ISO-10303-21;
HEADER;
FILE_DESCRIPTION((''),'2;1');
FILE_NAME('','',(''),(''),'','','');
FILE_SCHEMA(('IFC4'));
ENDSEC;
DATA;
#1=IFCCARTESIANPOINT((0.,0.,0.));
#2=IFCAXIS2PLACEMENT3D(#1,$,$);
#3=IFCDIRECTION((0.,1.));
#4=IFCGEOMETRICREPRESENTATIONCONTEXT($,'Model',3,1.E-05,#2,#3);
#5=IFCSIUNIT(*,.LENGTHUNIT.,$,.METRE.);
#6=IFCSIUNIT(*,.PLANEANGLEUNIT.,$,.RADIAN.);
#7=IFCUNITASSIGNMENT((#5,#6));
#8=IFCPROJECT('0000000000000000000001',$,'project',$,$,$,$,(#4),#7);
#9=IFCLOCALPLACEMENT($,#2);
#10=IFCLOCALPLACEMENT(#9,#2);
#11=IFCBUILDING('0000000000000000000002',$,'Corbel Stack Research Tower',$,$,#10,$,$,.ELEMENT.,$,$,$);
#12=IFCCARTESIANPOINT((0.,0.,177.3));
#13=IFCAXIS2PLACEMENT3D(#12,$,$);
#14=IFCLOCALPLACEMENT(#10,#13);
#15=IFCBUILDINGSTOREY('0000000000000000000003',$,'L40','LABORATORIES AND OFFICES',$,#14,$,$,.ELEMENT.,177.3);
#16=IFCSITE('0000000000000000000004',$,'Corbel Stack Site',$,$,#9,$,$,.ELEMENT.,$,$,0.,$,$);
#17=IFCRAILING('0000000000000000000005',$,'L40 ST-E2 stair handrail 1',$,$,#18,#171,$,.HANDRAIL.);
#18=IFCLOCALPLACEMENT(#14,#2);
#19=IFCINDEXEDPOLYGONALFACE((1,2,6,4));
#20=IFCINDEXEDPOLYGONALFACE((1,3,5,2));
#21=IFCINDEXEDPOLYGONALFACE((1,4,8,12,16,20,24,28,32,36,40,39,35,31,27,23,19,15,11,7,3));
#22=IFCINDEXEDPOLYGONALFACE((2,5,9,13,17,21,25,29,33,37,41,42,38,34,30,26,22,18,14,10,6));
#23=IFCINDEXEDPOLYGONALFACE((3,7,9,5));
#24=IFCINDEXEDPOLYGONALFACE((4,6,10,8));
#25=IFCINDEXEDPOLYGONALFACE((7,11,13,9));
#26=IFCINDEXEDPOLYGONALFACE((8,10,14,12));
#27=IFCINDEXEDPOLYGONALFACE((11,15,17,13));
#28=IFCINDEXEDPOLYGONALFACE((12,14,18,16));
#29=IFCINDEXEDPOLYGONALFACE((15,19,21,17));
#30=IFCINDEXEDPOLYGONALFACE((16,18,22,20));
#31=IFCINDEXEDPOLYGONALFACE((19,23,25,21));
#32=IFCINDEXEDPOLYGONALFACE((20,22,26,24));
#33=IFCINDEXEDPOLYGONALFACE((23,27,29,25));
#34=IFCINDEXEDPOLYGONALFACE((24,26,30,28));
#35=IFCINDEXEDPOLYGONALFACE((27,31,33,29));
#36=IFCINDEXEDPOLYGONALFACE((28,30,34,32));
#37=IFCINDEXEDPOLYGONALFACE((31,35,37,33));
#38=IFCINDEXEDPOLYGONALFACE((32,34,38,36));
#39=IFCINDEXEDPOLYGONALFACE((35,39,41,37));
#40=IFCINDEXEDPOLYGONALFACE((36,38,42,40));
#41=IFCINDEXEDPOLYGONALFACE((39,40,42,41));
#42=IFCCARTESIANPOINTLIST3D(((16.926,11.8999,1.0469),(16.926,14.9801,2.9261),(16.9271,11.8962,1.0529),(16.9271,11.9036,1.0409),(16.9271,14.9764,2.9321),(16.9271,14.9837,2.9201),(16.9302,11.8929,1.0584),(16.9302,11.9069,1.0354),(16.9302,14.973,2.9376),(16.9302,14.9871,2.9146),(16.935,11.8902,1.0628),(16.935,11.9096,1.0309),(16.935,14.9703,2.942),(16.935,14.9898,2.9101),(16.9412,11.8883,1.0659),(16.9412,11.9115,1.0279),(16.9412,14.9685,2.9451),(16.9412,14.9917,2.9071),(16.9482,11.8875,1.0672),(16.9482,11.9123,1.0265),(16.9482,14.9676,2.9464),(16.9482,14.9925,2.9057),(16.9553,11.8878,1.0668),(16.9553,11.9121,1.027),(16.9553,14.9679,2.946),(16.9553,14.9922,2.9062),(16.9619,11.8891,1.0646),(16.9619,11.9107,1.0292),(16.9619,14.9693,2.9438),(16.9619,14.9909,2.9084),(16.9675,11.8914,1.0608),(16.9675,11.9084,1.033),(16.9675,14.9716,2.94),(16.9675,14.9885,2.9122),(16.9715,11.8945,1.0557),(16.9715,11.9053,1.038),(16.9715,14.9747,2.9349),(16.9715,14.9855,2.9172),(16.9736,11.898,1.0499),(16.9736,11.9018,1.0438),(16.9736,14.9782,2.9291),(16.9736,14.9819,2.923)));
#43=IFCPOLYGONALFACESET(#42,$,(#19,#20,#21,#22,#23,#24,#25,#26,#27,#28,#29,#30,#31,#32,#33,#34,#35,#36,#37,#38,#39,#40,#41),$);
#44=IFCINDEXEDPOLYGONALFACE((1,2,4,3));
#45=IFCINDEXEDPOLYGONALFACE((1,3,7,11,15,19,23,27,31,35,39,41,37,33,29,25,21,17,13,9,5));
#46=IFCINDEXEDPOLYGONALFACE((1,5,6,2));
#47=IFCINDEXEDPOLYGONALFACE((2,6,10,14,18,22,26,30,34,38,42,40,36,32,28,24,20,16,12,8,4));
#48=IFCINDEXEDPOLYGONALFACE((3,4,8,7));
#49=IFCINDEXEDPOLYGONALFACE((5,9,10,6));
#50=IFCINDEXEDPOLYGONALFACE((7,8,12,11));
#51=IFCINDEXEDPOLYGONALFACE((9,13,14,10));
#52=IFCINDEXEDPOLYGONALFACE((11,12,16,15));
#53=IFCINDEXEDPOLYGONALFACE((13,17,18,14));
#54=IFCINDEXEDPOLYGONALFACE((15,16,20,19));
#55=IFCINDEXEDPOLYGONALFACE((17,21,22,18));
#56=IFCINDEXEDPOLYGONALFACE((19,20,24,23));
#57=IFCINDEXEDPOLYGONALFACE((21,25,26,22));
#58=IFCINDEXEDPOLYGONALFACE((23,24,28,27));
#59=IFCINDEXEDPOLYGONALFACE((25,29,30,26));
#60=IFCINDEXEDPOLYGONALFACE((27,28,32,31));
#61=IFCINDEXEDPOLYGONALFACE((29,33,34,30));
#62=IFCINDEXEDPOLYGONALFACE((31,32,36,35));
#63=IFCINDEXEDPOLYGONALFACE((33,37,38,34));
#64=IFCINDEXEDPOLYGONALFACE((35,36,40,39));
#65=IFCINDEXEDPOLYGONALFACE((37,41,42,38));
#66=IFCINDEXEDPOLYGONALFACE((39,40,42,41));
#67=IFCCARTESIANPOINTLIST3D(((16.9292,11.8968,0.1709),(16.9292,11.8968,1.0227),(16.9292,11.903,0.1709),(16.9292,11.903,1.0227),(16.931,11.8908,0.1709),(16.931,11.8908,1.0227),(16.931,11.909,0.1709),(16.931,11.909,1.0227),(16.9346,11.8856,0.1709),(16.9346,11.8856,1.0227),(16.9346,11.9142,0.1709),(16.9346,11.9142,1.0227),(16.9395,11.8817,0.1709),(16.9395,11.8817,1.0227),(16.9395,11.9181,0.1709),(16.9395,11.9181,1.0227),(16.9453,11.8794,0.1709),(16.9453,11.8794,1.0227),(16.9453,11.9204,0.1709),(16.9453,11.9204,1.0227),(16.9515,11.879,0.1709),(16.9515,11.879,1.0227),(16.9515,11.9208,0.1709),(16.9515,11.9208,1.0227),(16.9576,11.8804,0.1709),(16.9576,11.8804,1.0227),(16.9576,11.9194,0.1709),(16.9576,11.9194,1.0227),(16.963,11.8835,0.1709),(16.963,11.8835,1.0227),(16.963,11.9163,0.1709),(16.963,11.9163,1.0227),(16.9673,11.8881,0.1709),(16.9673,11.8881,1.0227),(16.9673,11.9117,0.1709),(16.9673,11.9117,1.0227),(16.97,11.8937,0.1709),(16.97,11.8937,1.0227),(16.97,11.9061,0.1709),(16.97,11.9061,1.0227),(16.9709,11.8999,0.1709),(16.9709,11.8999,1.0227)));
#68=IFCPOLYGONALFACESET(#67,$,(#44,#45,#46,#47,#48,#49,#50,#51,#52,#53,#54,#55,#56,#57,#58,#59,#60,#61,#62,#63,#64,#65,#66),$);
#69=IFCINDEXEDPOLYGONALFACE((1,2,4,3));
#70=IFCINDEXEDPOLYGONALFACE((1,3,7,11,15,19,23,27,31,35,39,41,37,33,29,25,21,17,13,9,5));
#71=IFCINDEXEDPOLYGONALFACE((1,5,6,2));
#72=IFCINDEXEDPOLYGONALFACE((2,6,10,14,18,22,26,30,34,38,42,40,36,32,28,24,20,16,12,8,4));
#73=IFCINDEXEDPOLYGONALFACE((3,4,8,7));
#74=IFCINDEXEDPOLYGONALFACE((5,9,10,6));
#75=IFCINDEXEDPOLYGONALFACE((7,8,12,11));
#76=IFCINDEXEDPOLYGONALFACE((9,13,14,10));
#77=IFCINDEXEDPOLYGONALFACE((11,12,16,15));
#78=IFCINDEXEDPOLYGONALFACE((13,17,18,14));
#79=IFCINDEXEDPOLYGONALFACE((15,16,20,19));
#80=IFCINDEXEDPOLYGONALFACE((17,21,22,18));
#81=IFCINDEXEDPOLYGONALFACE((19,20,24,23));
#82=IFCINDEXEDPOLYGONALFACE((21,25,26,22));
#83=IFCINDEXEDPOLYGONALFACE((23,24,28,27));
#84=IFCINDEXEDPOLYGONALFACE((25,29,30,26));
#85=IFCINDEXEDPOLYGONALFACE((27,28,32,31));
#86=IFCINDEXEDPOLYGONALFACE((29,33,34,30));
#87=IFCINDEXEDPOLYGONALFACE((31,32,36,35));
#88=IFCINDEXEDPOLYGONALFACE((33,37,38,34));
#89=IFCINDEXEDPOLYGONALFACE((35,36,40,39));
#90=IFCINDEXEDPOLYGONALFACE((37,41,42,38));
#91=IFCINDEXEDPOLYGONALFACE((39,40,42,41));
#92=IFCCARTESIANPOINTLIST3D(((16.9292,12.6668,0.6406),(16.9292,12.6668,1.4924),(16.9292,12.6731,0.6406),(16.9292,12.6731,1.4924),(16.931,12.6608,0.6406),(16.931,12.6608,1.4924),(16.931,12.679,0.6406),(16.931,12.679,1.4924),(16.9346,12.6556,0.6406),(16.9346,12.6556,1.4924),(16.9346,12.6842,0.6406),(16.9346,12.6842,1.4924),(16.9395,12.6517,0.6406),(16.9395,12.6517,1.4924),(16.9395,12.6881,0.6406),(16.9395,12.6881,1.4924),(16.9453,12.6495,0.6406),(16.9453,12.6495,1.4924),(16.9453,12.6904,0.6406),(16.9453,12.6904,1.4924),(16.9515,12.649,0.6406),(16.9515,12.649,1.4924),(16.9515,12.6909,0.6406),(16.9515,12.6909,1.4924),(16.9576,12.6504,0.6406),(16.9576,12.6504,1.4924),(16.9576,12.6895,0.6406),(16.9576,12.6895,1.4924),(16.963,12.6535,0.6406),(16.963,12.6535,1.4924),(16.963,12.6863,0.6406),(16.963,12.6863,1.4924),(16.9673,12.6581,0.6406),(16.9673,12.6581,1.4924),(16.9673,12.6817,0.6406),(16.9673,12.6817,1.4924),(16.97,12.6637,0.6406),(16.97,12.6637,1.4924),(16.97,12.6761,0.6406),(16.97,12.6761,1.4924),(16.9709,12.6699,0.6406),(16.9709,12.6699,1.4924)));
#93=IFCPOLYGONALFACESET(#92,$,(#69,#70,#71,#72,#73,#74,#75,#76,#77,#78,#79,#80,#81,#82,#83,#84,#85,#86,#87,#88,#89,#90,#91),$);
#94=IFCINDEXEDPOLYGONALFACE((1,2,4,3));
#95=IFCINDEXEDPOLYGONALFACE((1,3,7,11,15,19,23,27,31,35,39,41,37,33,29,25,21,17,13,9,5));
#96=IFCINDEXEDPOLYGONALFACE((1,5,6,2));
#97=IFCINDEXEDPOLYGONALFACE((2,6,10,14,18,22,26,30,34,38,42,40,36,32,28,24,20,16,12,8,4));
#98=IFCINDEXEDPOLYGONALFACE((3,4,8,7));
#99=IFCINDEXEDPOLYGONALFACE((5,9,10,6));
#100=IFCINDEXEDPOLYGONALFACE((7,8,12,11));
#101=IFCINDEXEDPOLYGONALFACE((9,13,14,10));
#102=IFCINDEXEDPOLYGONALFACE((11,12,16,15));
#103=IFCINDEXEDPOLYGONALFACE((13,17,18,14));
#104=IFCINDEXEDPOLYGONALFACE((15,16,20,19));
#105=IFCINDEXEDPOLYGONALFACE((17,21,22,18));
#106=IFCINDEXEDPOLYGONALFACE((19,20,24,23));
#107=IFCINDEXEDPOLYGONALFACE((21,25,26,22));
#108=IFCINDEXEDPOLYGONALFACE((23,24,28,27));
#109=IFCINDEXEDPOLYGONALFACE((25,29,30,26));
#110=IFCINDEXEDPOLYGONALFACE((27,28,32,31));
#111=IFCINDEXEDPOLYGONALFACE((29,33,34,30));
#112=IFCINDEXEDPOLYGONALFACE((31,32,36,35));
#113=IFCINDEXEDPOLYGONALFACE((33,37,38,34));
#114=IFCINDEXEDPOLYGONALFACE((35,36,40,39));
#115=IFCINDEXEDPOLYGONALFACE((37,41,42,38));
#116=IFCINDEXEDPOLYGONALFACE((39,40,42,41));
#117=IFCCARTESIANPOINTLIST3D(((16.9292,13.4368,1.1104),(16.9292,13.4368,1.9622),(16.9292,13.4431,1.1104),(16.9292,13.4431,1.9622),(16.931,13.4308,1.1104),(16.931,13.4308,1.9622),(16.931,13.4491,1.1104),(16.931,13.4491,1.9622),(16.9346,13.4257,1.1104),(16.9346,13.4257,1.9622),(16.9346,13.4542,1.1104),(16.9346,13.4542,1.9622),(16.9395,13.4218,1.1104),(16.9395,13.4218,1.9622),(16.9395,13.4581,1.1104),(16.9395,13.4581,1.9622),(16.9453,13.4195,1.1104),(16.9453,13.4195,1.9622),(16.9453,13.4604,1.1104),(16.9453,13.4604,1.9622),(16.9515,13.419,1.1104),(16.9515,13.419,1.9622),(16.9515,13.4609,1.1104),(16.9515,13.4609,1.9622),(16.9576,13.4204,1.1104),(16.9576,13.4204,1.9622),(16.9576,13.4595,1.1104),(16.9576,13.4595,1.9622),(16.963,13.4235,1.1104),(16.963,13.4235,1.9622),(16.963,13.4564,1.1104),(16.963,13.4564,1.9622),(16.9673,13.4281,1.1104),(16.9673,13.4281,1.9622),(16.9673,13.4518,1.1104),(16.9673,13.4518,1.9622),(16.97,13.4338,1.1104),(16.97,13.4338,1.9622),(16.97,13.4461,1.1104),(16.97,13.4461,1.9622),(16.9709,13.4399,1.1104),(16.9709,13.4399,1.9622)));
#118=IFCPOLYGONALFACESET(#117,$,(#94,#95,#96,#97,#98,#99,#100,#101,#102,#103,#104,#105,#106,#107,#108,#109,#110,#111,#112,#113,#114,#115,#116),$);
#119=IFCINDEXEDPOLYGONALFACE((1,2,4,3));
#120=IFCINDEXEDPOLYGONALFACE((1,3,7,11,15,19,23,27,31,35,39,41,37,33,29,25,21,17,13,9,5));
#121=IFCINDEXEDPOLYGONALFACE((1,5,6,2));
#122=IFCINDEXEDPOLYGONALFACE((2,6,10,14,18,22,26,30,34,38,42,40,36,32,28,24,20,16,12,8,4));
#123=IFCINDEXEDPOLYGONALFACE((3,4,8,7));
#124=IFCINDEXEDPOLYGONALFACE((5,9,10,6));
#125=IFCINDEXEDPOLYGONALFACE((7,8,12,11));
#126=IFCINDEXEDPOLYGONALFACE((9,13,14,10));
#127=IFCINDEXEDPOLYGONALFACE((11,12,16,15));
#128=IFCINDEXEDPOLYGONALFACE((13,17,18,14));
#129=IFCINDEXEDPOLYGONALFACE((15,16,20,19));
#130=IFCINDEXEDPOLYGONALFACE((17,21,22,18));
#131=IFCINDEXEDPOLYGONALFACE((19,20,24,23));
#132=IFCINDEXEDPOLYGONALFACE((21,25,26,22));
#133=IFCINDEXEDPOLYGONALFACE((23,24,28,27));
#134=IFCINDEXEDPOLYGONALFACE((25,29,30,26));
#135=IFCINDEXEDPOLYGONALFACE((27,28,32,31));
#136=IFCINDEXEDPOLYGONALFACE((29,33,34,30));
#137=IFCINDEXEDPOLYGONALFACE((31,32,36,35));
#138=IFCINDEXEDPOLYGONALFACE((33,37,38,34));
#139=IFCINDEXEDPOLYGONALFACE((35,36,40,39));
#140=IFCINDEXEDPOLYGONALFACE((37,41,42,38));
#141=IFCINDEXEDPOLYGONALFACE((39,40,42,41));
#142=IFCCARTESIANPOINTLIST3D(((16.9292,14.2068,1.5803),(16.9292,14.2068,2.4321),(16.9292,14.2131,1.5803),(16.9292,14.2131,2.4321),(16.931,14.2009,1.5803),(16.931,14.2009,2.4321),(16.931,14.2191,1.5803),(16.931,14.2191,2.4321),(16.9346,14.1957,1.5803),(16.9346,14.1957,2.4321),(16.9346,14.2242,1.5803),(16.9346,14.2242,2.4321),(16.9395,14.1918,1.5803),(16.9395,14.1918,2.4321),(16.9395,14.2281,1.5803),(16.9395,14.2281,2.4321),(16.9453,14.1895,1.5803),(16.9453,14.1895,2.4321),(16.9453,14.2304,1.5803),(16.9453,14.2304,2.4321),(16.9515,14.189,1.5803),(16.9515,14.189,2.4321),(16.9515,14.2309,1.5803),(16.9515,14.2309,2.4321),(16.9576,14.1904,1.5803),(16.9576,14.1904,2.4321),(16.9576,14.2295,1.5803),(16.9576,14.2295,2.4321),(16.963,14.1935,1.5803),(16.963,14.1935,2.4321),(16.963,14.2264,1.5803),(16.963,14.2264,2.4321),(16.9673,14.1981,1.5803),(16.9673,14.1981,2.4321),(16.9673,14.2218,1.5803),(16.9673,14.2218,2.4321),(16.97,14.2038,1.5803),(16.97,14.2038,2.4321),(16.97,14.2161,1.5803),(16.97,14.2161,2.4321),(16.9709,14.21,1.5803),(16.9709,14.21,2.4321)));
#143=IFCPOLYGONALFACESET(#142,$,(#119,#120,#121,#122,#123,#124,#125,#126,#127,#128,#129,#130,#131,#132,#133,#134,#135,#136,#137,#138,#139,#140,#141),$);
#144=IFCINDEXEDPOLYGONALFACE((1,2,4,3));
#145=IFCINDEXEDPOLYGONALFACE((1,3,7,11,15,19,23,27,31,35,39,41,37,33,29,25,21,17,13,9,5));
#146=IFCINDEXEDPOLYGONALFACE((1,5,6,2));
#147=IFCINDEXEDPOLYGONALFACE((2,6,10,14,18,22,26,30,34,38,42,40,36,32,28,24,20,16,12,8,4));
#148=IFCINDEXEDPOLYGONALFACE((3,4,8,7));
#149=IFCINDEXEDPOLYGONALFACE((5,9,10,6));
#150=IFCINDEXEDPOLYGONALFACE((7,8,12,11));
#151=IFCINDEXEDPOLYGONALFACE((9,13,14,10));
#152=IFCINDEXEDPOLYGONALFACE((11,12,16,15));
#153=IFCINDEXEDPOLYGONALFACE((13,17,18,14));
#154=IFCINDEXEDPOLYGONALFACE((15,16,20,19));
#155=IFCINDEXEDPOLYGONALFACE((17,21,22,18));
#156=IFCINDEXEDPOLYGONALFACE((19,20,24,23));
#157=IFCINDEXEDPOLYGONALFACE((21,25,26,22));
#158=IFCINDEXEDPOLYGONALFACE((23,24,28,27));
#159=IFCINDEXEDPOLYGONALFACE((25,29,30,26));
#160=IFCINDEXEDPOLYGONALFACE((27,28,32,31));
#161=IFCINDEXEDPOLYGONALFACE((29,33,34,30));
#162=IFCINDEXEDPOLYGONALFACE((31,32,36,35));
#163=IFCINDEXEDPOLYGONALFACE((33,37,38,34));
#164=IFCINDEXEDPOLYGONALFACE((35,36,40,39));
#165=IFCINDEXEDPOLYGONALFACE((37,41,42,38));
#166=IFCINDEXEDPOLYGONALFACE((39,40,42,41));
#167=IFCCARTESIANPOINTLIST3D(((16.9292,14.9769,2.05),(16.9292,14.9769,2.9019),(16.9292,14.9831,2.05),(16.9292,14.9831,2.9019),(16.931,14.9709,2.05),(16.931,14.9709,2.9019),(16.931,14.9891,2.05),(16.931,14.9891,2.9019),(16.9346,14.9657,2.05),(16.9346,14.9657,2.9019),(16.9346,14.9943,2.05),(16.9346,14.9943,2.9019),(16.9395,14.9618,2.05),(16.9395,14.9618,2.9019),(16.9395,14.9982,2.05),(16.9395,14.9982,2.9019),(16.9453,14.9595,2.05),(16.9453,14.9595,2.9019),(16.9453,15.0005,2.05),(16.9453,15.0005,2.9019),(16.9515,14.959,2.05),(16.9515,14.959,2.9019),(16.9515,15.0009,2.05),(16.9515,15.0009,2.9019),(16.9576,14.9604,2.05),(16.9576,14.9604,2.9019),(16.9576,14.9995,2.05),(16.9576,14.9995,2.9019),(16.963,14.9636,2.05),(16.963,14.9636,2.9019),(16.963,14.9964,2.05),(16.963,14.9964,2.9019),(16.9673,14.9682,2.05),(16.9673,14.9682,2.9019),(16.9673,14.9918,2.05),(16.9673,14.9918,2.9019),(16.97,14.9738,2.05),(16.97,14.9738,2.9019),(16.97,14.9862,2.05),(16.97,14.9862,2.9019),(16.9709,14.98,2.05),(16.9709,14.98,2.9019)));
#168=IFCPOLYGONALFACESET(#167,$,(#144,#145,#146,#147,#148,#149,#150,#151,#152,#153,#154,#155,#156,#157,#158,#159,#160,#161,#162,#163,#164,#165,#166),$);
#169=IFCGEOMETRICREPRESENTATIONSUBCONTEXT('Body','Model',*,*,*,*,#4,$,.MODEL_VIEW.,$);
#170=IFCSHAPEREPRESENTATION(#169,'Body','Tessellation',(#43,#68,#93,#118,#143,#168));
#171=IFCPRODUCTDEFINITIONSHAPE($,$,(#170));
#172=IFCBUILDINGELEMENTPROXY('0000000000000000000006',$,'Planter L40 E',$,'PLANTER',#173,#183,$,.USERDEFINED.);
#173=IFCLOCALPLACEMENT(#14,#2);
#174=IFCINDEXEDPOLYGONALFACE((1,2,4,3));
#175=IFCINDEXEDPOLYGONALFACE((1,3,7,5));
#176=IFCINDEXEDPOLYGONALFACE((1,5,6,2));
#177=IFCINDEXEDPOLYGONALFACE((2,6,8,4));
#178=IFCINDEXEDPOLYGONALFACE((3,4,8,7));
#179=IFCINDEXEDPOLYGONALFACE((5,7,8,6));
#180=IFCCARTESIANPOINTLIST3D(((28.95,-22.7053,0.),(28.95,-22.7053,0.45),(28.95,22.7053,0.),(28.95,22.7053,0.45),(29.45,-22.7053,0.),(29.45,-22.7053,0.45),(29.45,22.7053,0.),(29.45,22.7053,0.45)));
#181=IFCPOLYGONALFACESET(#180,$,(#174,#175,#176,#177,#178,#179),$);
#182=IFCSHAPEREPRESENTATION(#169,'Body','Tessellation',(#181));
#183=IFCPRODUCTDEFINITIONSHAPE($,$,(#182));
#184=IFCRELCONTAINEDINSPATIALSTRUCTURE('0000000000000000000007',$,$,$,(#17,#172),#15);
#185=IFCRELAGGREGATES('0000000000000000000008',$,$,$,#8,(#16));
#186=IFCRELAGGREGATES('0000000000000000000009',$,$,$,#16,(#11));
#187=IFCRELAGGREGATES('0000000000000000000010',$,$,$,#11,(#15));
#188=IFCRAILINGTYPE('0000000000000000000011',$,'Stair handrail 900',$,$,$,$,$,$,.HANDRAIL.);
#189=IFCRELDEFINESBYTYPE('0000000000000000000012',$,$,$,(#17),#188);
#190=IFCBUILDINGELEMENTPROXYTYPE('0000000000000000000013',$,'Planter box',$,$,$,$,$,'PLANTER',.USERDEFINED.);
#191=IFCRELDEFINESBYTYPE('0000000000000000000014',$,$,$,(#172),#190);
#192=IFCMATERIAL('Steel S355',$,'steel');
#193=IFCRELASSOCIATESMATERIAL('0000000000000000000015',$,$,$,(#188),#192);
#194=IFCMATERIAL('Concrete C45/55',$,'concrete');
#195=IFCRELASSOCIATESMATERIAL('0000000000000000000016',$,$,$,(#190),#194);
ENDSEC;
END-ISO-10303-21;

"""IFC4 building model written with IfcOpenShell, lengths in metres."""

from ifc_helpers import new_model, si_unit, direction, frame, origin, origin_2d, place, context, subcontext, project, spatial, rectangle, circle, extrude, material, type_object, element, save


model = new_model("IFC4")

# Units and contexts
model_context = context("Model", 3, precision=1e-05, world=origin(), true_north=direction((0.0, 1.0)))
body_context = subcontext(model_context, "Body", "Model", "MODEL_VIEW")
ifc_project = project(units=[si_unit("LENGTHUNIT", "METRE"), si_unit("PLANEANGLEUNIT", "RADIAN")], contexts=[model_context])

# Site, building, storey
site_placement = place(None, origin())
site = spatial("IfcSite", under=ifc_project, at=site_placement, Name="Corbel Stack Site", CompositionType="ELEMENT", RefElevation=0.0)
building_placement = place(site_placement, origin())
building = spatial("IfcBuilding", under=site, at=building_placement, Name="Corbel Stack Research Tower", CompositionType="ELEMENT")
storey_placement = place(building_placement, frame((0.0, 0.0, 177.3)))
storey = spatial("IfcBuildingStorey", under=building, at=storey_placement, Name="L40", Description="LABORATORIES AND OFFICES", CompositionType="ELEMENT", Elevation=177.3)

# Railing
ifc_material_1 = material(Name="Steel S355", Category="steel")
railing_type_1 = type_object("IfcRailingType", Name="Stair handrail 900", PredefinedType="HANDRAIL", material=ifc_material_1)
railing_1_placement = place(storey_placement, frame((16.95, 11.8999, 0.1709)))
element("IfcRailing", 1, at=railing_1_placement, inside=storey, type_object=railing_type_1, Name="L40 ST-E2 stair handrail 1", PredefinedType="HANDRAIL", context=body_context, shape_type="SweptSolid", body=[
    extrude(circle(Radius=0.0239, at=origin_2d()), frame((0.0, 0.0, 0.876), z_axis=(0.0, 0.853666, 0.52082), x_axis=(-1.0, 0.0, 0.0)), (0.0, 0.0, 1.0), 3.6082),
    extrude(circle(Radius=0.021, at=origin_2d()), origin(), (0.0, 0.0, 1.0), 0.8518),
    extrude(circle(Radius=0.021, at=origin_2d()), frame((0.0, 0.77, 0.4697)), (0.0, 0.0, 1.0), 0.8518),
    extrude(circle(Radius=0.021, at=origin_2d()), frame((0.0, 1.54, 0.9395)), (0.0, 0.0, 1.0), 0.8518),
    extrude(circle(Radius=0.021, at=origin_2d()), frame((0.0, 2.3101, 1.4094)), (0.0, 0.0, 1.0), 0.8518),
    extrude(circle(Radius=0.021, at=origin_2d()), frame((0.0, 3.0801, 1.8792)), (0.0, 0.0, 1.0), 0.8518),
])

# Building element proxy
ifc_material_2 = material(Name="Concrete C45/55", Category="concrete")
building_element_proxy_type = type_object("IfcBuildingElementProxyType", Name="Planter box", ElementType="PLANTER", PredefinedType="USERDEFINED", material=ifc_material_2)
proxy_placement = place(storey_placement, frame((29.2, 0.0, 0.0), z_axis=(0.0, 0.0, 1.0), x_axis=(0.0, 1.0, 0.0)))
element("IfcBuildingElementProxy", 2, at=proxy_placement, inside=storey, type_object=building_element_proxy_type, Name="Planter L40 E", ObjectType="PLANTER", PredefinedType="USERDEFINED", context=body_context, shape_type="SweptSolid", body=[
    extrude(rectangle(XDim=45.4106, YDim=0.5, at=origin_2d()), origin(), (0.0, 0.0, 1.0), 0.45),
])

save(model, "model.ifc")
